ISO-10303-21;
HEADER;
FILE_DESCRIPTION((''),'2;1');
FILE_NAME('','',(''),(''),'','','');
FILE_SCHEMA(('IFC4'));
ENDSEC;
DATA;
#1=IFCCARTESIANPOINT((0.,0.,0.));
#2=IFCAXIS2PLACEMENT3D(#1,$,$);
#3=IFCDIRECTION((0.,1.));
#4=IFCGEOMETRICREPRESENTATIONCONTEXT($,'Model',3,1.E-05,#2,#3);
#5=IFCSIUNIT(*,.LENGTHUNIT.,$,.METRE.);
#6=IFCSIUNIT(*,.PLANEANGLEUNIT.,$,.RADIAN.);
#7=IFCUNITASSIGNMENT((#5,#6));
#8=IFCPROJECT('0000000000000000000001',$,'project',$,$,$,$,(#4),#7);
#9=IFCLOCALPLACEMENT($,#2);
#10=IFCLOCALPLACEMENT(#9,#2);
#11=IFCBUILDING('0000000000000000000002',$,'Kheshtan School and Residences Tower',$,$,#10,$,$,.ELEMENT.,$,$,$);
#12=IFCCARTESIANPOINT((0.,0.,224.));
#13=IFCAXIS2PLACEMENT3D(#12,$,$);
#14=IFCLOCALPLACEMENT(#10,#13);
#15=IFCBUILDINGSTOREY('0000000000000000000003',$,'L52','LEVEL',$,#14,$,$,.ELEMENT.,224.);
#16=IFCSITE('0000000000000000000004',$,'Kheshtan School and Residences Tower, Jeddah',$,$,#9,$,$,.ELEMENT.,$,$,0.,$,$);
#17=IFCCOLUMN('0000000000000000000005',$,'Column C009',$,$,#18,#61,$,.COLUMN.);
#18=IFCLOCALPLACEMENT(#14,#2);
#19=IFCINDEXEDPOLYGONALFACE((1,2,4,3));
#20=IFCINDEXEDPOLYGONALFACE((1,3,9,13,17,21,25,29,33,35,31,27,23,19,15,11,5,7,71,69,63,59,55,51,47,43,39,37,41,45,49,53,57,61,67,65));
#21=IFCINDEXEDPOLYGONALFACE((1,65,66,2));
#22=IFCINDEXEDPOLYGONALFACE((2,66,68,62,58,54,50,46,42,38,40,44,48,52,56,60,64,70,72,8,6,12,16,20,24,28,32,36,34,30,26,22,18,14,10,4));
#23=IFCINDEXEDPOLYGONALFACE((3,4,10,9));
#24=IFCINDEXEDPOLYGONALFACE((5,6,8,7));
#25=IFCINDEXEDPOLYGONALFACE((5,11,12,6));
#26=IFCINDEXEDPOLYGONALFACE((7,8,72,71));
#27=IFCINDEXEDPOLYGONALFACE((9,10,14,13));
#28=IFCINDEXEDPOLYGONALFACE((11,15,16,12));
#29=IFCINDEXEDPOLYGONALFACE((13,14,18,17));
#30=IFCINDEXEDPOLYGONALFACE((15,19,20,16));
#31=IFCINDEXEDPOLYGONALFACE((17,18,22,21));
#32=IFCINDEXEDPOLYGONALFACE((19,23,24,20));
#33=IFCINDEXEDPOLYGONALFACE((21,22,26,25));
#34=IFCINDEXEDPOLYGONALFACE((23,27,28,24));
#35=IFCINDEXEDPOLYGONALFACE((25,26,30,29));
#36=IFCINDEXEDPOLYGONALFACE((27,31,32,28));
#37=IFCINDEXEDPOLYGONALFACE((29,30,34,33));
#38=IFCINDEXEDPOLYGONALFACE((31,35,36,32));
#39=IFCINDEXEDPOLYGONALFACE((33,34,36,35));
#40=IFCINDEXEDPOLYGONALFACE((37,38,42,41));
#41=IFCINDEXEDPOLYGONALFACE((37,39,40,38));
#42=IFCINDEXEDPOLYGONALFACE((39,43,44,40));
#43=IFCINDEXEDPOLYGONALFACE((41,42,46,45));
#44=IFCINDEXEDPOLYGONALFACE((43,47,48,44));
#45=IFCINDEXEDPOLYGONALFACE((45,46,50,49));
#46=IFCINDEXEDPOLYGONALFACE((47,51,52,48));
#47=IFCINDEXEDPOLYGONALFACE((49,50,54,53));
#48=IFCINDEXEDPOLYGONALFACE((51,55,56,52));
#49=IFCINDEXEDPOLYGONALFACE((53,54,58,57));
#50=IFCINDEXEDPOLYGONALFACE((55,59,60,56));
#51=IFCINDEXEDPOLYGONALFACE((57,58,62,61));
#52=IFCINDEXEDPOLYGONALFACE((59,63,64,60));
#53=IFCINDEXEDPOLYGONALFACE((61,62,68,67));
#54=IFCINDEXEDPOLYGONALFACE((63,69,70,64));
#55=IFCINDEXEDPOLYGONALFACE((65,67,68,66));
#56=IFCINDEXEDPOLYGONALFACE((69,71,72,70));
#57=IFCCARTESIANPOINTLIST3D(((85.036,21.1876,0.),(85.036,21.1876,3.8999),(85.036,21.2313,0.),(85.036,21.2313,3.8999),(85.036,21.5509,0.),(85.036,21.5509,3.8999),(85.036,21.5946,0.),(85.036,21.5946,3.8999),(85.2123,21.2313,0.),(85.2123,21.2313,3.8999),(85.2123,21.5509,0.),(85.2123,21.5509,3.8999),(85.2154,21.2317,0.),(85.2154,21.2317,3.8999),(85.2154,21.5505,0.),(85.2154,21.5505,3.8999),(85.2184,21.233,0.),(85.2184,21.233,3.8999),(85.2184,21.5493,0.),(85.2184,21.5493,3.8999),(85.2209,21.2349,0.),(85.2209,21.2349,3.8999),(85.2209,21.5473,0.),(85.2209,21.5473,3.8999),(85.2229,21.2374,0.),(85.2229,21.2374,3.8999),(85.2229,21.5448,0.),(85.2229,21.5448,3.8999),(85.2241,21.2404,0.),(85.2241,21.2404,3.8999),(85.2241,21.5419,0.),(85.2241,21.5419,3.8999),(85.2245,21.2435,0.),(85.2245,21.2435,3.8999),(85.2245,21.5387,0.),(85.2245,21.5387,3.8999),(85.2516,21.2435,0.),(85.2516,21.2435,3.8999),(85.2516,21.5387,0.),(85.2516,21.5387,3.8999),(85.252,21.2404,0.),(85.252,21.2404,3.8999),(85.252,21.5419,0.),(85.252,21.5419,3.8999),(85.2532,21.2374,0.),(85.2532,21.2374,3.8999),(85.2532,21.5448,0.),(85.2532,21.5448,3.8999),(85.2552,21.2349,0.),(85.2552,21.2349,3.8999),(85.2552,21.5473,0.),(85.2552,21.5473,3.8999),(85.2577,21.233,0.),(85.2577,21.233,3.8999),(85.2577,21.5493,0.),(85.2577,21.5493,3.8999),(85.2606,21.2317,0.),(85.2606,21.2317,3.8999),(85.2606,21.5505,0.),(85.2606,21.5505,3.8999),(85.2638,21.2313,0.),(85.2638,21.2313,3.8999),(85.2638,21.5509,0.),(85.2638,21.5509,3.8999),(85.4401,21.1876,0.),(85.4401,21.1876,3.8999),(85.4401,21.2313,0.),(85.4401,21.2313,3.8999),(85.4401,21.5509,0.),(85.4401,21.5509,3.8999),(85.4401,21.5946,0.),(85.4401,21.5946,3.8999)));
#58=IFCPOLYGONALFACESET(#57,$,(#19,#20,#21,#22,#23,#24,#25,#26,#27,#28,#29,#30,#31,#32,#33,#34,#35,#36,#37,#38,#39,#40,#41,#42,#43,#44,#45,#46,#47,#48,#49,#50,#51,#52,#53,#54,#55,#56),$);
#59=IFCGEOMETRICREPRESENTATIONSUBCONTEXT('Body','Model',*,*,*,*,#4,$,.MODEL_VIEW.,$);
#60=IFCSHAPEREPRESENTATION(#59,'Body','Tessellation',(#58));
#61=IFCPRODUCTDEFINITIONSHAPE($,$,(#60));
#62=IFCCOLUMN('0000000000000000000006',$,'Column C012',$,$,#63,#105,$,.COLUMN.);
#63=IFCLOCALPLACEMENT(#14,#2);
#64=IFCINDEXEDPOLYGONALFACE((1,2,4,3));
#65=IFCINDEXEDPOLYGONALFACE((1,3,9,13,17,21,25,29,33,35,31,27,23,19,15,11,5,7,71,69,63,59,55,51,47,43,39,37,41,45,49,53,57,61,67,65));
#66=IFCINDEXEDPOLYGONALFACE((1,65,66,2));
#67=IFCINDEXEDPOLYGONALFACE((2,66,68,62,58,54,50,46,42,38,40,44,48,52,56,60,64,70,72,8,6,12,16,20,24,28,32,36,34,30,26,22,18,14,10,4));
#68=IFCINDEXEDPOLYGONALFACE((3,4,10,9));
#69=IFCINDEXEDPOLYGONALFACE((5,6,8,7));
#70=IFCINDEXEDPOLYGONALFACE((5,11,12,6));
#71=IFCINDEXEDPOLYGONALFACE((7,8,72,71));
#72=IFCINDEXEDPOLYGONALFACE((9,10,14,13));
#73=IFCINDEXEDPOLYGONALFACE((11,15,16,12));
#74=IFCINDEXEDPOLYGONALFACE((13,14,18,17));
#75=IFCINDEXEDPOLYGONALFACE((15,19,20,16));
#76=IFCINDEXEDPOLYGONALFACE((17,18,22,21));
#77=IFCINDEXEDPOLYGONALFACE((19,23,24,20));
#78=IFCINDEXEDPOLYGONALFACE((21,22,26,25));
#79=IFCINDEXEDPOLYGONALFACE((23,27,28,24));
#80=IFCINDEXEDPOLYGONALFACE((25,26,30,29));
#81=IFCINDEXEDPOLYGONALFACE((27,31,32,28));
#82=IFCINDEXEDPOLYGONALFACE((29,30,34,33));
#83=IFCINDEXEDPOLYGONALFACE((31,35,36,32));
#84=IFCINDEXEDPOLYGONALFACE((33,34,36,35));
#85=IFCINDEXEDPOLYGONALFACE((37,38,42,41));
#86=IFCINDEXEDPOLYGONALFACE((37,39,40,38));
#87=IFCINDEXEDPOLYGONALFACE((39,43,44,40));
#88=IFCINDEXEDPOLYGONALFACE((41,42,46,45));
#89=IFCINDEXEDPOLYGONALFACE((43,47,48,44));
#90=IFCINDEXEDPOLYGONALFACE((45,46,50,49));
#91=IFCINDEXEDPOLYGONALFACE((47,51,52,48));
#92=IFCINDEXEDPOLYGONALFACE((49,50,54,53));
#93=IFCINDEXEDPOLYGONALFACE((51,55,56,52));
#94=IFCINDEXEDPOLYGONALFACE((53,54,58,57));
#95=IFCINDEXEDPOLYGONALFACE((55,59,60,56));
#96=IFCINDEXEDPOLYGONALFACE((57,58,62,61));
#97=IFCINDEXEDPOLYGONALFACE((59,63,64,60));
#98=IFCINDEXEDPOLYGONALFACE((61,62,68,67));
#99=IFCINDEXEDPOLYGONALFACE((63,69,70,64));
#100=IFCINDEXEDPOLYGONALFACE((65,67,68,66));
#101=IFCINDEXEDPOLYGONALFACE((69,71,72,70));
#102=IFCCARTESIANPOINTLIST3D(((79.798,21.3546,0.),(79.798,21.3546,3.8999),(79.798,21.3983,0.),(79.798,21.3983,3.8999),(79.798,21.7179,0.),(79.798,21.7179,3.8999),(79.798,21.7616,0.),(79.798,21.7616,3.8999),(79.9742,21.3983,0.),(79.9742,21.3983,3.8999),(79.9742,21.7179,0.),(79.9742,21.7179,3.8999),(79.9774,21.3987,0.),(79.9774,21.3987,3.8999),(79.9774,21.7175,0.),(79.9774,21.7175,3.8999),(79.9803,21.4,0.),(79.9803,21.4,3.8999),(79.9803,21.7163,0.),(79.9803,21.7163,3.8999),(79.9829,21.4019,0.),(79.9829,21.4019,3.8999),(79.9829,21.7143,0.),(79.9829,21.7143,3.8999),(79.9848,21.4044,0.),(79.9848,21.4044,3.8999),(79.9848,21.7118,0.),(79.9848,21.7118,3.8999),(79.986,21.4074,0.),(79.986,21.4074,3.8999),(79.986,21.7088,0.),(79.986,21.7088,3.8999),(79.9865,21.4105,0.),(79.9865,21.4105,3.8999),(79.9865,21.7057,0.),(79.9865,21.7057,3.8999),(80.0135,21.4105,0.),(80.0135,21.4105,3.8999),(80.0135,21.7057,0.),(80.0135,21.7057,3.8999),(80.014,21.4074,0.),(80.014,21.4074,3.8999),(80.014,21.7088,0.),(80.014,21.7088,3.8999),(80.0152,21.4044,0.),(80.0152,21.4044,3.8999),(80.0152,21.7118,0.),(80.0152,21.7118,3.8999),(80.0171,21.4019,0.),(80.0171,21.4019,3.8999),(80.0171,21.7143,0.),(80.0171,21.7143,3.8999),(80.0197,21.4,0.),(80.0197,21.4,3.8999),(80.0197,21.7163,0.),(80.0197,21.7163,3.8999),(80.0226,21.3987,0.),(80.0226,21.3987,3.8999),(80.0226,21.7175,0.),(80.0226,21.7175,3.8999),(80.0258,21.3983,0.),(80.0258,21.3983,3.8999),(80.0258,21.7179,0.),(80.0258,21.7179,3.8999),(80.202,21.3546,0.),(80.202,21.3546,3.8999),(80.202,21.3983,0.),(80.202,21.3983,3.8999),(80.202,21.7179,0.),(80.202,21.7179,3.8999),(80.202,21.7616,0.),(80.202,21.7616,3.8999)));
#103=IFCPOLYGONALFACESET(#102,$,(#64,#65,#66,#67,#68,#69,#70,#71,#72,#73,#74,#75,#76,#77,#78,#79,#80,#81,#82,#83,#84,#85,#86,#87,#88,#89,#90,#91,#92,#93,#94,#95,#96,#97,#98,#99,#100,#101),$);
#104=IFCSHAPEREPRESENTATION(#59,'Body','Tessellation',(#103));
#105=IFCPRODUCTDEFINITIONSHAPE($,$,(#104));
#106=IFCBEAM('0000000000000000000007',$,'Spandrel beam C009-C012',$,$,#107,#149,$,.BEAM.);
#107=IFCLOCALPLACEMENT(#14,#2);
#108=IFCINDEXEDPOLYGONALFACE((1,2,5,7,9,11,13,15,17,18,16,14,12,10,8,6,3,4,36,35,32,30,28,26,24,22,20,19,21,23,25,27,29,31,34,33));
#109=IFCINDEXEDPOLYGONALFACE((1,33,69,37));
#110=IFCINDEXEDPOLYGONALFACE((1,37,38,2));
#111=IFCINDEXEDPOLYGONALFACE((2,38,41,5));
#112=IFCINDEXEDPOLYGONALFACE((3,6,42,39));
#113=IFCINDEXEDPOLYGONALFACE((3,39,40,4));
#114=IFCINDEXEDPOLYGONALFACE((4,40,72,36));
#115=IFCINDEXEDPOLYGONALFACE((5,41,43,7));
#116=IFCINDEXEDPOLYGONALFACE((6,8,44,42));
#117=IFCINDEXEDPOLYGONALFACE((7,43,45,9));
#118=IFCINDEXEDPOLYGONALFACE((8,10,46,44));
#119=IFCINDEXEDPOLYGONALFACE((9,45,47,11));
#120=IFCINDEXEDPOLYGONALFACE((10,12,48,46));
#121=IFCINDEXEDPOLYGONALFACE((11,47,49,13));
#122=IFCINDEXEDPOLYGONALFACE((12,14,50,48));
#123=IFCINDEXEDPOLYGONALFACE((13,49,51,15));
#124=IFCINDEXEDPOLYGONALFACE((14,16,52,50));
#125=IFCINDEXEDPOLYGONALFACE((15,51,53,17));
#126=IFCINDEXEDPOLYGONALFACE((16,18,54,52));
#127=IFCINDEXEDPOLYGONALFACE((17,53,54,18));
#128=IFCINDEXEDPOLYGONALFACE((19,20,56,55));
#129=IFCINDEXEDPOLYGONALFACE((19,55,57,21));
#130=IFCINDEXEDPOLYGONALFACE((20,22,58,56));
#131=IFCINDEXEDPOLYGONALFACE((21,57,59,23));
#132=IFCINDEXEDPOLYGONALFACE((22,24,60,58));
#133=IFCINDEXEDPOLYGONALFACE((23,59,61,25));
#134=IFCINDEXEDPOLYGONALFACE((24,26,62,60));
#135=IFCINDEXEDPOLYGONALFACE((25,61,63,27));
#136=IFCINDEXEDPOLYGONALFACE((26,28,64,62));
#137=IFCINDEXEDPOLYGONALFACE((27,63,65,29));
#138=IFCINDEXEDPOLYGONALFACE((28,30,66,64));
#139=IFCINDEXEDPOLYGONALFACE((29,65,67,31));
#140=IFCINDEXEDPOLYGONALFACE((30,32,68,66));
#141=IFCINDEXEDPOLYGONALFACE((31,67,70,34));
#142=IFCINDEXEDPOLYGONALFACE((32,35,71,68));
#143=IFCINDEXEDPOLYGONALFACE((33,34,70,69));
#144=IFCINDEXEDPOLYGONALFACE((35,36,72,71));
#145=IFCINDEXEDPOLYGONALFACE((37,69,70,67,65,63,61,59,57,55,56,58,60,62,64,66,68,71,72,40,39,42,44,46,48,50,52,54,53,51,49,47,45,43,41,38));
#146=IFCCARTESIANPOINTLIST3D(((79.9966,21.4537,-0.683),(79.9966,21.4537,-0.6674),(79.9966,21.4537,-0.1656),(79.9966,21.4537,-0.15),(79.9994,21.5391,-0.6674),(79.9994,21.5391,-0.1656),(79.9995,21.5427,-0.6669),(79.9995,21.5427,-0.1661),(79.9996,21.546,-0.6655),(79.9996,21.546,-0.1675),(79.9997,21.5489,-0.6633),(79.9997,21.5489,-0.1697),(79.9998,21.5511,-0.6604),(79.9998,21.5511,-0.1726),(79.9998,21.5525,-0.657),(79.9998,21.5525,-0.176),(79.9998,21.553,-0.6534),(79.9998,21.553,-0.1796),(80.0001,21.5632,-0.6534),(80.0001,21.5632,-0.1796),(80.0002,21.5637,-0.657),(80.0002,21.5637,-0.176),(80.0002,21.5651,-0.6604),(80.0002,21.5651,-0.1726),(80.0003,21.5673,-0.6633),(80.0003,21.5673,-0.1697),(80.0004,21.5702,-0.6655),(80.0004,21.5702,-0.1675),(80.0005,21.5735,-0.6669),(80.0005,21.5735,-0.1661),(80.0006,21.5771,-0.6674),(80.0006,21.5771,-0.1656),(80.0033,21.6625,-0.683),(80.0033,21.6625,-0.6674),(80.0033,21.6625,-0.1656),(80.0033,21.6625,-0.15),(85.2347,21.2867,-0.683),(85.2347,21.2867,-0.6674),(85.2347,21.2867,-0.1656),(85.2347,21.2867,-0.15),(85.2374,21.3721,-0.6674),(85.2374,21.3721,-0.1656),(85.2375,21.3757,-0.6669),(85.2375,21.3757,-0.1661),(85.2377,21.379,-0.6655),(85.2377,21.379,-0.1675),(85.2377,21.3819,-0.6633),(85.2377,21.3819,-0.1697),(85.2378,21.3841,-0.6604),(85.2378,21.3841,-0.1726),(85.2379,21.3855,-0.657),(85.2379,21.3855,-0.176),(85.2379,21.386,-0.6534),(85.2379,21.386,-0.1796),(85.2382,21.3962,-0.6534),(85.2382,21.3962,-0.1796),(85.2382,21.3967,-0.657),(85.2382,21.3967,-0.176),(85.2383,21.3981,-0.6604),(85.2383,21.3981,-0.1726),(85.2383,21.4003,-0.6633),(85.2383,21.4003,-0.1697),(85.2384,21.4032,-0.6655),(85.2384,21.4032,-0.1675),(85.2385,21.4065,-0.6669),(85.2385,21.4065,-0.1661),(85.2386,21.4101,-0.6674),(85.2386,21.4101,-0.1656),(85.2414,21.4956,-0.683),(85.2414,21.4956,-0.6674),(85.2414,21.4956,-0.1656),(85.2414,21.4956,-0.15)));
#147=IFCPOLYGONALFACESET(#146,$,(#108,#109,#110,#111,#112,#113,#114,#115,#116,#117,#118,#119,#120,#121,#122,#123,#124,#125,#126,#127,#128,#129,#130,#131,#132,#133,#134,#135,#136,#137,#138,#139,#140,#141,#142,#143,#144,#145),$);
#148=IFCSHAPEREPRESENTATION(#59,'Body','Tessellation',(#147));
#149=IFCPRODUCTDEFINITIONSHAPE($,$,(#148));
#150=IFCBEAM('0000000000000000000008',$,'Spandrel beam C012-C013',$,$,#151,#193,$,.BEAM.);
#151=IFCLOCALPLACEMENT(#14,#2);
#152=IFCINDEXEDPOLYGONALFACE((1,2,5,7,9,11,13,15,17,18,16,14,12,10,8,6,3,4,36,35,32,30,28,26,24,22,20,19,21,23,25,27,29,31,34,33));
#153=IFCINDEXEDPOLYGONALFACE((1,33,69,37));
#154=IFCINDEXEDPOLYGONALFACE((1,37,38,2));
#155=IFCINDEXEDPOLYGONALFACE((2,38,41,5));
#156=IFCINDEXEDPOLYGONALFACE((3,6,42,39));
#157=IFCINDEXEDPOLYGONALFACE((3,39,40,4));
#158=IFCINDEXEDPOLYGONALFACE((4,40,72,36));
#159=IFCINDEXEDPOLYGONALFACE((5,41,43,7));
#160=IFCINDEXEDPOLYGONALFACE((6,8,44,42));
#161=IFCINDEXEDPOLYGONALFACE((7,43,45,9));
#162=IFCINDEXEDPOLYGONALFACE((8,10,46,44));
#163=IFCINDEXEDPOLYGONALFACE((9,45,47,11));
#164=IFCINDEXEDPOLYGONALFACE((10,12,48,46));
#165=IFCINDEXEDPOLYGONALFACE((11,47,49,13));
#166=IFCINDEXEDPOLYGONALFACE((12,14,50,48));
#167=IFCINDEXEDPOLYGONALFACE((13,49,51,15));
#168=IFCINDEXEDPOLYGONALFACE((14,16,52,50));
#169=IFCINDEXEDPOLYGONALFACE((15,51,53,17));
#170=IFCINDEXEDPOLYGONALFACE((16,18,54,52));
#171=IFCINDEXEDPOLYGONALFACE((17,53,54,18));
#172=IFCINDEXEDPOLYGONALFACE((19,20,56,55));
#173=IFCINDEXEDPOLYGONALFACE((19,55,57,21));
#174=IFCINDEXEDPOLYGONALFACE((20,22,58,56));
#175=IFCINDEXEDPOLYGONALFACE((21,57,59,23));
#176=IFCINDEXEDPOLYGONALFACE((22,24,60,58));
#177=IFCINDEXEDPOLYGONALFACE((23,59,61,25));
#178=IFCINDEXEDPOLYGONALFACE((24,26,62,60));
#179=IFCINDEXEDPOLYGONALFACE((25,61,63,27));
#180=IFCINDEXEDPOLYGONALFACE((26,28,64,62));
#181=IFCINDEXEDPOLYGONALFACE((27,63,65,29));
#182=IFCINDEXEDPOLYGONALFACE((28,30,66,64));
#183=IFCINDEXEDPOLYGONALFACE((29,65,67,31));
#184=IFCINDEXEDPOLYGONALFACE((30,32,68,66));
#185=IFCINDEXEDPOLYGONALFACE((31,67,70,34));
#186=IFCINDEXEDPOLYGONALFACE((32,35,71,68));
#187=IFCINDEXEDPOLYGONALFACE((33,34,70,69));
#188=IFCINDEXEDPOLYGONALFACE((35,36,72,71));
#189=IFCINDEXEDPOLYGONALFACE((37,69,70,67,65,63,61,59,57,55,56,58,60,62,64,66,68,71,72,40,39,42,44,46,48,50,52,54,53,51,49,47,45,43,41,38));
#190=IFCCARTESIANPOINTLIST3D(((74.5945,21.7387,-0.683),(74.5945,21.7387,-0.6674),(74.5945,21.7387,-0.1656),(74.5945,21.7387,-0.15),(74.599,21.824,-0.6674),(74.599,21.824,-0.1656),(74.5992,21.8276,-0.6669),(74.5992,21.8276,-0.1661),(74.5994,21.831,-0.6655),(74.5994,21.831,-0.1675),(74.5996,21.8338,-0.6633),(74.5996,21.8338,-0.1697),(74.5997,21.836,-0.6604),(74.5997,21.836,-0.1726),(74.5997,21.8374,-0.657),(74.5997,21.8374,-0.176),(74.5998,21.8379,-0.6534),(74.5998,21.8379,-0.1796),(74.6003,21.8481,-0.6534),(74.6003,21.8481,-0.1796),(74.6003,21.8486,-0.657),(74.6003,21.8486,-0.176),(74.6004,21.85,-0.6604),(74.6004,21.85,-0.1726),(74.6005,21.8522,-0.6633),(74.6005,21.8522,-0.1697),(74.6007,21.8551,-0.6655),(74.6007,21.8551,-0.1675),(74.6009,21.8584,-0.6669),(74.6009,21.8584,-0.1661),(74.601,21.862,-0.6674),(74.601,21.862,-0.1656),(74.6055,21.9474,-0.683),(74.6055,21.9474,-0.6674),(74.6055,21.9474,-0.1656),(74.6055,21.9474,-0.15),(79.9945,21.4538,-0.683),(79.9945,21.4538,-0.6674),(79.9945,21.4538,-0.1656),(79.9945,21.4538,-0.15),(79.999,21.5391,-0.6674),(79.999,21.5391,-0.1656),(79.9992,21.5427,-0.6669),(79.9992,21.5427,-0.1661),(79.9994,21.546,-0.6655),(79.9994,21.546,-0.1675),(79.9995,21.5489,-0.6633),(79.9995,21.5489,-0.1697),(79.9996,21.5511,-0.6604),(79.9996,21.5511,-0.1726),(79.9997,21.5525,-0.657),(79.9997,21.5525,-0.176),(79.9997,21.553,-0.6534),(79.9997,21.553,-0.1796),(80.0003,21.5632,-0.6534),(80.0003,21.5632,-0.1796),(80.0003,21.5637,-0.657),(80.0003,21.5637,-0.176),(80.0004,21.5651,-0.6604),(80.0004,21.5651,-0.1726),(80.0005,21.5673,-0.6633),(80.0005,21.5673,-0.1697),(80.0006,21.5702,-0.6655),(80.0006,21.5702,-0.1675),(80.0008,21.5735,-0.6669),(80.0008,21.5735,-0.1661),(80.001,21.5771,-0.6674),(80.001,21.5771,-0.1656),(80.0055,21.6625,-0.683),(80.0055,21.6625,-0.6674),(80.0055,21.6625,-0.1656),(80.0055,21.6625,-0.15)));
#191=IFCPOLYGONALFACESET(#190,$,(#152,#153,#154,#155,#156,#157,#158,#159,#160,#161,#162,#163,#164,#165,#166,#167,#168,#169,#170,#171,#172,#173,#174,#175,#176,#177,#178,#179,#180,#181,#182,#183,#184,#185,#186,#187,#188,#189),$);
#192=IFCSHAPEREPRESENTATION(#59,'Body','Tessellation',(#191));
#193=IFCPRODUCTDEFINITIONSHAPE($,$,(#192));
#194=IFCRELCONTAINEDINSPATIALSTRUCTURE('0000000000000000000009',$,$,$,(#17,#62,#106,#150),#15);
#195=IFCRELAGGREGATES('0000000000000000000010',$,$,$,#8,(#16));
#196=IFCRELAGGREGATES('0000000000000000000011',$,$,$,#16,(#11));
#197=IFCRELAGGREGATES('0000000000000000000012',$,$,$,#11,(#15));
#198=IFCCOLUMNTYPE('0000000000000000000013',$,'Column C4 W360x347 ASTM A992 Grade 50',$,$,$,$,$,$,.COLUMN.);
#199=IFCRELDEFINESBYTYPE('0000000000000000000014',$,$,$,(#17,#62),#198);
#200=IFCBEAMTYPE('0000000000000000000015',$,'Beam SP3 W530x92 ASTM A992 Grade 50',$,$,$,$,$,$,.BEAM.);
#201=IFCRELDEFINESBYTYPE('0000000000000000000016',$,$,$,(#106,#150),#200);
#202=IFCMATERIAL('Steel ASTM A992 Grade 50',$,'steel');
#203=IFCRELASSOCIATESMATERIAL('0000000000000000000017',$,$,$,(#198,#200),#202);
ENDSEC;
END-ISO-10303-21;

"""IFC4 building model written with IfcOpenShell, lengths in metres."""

from ifc_helpers import new_model, si_unit, direction, frame, origin, origin_2d, place, context, subcontext, project, spatial, i_section, extrude, material, material_profile, profile_set, type_object, element, save


model = new_model("IFC4")

# Units and contexts
model_context = context("Model", 3, precision=1e-05, world=origin(), true_north=direction((0.0, 1.0)))
body_context = subcontext(model_context, "Body", "Model", "MODEL_VIEW")
ifc_project = project(units=[si_unit("LENGTHUNIT", "METRE"), si_unit("PLANEANGLEUNIT", "RADIAN")], contexts=[model_context])

# Site, building, storey
site_placement = place(None, origin())
site = spatial("IfcSite", under=ifc_project, at=site_placement, Name="Kheshtan School and Residences Tower, Jeddah", CompositionType="ELEMENT", RefElevation=0.0)
building_placement = place(site_placement, origin())
building = spatial("IfcBuilding", under=site, at=building_placement, Name="Kheshtan School and Residences Tower", CompositionType="ELEMENT")
storey_placement = place(building_placement, frame((0.0, 0.0, 224.0)))
storey = spatial("IfcBuildingStorey", under=building, at=storey_placement, Name="L52", Description="LEVEL", CompositionType="ELEMENT", Elevation=224.0)

# Columns
ifc_material_1 = material(Name="Steel ASTM A992 Grade 50", Category="steel")
ifc_material_profile_1 = material_profile(ifc_material_1, i_section(OverallWidth=0.4041, OverallDepth=0.407, WebThickness=0.0271, FlangeThickness=0.0437, FilletRadius=0.0122, at=origin_2d()), Name="W360x347")
ifc_profile_set_1 = profile_set([ifc_material_profile_1], Name="Steel ASTM A992 Grade 50")
column_type = type_object("IfcColumnType", Name="Column C4 W360x347 ASTM A992 Grade 50", PredefinedType="COLUMN", material=ifc_profile_set_1)
for number, where, z_axis, x_axis, name in (
    (1, (85.238, 21.3911, 0.0), (0.0, 0.0, 1.0), (1.0, 0.0, 0.0), "Column C009"),
    (2, (80.0, 21.5581, 0.0), (0.0, 0.0, 1.0), (1.0, 0.0, 0.0), "Column C012"),
):
    element("IfcColumn", number, at=place(storey_placement, frame(where, z_axis=z_axis, x_axis=x_axis)), inside=storey, type_object=column_type, Name=name, PredefinedType="COLUMN", context=body_context, shape_type="SweptSolid", body=[
        extrude(i_section(OverallWidth=0.4041, OverallDepth=0.407, WebThickness=0.0271, FlangeThickness=0.0437, FilletRadius=0.0122, at=origin_2d()), origin(), (0.0, 0.0, 1.0), 3.8999),
    ])

# Beams
ifc_material_profile_2 = material_profile(ifc_material_1, i_section(OverallWidth=0.209, OverallDepth=0.533, WebThickness=0.0103, FlangeThickness=0.0156, FilletRadius=0.0139, at=origin_2d()), Name="W530x92")
ifc_profile_set_2 = profile_set([ifc_material_profile_2], Name="Steel ASTM A992 Grade 50")
beam_type = type_object("IfcBeamType", Name="Beam SP3 W530x92 ASTM A992 Grade 50", PredefinedType="BEAM", material=ifc_profile_set_2)
beam_1_placement = place(storey_placement, frame((85.238, 21.3911, -0.4165), z_axis=(-0.999492, 0.031864, 0.0), x_axis=(-0.031864, -0.999492, 0.0)))
element("IfcBeam", 3, at=beam_1_placement, inside=storey, type_object=beam_type, Name="Spandrel beam C009-C012", PredefinedType="BEAM", context=body_context, shape_type="SweptSolid", body=[
    extrude(i_section(OverallWidth=0.209, OverallDepth=0.533, WebThickness=0.0103, FlangeThickness=0.0156, FilletRadius=0.0139, at=origin_2d()), origin(), (0.0, 0.0, 1.0), 5.2407),
])
beam_2_placement = place(storey_placement, frame((80.0, 21.5581, -0.4165), z_axis=(-0.998611, 0.052689, 0.0), x_axis=(-0.052689, -0.998611, 0.0)))
element("IfcBeam", 4, at=beam_2_placement, inside=storey, type_object=beam_type, Name="Spandrel beam C012-C013", PredefinedType="BEAM", context=body_context, shape_type="SweptSolid", body=[
    extrude(i_section(OverallWidth=0.209, OverallDepth=0.533, WebThickness=0.0103, FlangeThickness=0.0156, FilletRadius=0.0139, at=origin_2d()), origin(), (0.0, 0.0, 1.0), 5.4075),
])

save(model, "model.ifc")
